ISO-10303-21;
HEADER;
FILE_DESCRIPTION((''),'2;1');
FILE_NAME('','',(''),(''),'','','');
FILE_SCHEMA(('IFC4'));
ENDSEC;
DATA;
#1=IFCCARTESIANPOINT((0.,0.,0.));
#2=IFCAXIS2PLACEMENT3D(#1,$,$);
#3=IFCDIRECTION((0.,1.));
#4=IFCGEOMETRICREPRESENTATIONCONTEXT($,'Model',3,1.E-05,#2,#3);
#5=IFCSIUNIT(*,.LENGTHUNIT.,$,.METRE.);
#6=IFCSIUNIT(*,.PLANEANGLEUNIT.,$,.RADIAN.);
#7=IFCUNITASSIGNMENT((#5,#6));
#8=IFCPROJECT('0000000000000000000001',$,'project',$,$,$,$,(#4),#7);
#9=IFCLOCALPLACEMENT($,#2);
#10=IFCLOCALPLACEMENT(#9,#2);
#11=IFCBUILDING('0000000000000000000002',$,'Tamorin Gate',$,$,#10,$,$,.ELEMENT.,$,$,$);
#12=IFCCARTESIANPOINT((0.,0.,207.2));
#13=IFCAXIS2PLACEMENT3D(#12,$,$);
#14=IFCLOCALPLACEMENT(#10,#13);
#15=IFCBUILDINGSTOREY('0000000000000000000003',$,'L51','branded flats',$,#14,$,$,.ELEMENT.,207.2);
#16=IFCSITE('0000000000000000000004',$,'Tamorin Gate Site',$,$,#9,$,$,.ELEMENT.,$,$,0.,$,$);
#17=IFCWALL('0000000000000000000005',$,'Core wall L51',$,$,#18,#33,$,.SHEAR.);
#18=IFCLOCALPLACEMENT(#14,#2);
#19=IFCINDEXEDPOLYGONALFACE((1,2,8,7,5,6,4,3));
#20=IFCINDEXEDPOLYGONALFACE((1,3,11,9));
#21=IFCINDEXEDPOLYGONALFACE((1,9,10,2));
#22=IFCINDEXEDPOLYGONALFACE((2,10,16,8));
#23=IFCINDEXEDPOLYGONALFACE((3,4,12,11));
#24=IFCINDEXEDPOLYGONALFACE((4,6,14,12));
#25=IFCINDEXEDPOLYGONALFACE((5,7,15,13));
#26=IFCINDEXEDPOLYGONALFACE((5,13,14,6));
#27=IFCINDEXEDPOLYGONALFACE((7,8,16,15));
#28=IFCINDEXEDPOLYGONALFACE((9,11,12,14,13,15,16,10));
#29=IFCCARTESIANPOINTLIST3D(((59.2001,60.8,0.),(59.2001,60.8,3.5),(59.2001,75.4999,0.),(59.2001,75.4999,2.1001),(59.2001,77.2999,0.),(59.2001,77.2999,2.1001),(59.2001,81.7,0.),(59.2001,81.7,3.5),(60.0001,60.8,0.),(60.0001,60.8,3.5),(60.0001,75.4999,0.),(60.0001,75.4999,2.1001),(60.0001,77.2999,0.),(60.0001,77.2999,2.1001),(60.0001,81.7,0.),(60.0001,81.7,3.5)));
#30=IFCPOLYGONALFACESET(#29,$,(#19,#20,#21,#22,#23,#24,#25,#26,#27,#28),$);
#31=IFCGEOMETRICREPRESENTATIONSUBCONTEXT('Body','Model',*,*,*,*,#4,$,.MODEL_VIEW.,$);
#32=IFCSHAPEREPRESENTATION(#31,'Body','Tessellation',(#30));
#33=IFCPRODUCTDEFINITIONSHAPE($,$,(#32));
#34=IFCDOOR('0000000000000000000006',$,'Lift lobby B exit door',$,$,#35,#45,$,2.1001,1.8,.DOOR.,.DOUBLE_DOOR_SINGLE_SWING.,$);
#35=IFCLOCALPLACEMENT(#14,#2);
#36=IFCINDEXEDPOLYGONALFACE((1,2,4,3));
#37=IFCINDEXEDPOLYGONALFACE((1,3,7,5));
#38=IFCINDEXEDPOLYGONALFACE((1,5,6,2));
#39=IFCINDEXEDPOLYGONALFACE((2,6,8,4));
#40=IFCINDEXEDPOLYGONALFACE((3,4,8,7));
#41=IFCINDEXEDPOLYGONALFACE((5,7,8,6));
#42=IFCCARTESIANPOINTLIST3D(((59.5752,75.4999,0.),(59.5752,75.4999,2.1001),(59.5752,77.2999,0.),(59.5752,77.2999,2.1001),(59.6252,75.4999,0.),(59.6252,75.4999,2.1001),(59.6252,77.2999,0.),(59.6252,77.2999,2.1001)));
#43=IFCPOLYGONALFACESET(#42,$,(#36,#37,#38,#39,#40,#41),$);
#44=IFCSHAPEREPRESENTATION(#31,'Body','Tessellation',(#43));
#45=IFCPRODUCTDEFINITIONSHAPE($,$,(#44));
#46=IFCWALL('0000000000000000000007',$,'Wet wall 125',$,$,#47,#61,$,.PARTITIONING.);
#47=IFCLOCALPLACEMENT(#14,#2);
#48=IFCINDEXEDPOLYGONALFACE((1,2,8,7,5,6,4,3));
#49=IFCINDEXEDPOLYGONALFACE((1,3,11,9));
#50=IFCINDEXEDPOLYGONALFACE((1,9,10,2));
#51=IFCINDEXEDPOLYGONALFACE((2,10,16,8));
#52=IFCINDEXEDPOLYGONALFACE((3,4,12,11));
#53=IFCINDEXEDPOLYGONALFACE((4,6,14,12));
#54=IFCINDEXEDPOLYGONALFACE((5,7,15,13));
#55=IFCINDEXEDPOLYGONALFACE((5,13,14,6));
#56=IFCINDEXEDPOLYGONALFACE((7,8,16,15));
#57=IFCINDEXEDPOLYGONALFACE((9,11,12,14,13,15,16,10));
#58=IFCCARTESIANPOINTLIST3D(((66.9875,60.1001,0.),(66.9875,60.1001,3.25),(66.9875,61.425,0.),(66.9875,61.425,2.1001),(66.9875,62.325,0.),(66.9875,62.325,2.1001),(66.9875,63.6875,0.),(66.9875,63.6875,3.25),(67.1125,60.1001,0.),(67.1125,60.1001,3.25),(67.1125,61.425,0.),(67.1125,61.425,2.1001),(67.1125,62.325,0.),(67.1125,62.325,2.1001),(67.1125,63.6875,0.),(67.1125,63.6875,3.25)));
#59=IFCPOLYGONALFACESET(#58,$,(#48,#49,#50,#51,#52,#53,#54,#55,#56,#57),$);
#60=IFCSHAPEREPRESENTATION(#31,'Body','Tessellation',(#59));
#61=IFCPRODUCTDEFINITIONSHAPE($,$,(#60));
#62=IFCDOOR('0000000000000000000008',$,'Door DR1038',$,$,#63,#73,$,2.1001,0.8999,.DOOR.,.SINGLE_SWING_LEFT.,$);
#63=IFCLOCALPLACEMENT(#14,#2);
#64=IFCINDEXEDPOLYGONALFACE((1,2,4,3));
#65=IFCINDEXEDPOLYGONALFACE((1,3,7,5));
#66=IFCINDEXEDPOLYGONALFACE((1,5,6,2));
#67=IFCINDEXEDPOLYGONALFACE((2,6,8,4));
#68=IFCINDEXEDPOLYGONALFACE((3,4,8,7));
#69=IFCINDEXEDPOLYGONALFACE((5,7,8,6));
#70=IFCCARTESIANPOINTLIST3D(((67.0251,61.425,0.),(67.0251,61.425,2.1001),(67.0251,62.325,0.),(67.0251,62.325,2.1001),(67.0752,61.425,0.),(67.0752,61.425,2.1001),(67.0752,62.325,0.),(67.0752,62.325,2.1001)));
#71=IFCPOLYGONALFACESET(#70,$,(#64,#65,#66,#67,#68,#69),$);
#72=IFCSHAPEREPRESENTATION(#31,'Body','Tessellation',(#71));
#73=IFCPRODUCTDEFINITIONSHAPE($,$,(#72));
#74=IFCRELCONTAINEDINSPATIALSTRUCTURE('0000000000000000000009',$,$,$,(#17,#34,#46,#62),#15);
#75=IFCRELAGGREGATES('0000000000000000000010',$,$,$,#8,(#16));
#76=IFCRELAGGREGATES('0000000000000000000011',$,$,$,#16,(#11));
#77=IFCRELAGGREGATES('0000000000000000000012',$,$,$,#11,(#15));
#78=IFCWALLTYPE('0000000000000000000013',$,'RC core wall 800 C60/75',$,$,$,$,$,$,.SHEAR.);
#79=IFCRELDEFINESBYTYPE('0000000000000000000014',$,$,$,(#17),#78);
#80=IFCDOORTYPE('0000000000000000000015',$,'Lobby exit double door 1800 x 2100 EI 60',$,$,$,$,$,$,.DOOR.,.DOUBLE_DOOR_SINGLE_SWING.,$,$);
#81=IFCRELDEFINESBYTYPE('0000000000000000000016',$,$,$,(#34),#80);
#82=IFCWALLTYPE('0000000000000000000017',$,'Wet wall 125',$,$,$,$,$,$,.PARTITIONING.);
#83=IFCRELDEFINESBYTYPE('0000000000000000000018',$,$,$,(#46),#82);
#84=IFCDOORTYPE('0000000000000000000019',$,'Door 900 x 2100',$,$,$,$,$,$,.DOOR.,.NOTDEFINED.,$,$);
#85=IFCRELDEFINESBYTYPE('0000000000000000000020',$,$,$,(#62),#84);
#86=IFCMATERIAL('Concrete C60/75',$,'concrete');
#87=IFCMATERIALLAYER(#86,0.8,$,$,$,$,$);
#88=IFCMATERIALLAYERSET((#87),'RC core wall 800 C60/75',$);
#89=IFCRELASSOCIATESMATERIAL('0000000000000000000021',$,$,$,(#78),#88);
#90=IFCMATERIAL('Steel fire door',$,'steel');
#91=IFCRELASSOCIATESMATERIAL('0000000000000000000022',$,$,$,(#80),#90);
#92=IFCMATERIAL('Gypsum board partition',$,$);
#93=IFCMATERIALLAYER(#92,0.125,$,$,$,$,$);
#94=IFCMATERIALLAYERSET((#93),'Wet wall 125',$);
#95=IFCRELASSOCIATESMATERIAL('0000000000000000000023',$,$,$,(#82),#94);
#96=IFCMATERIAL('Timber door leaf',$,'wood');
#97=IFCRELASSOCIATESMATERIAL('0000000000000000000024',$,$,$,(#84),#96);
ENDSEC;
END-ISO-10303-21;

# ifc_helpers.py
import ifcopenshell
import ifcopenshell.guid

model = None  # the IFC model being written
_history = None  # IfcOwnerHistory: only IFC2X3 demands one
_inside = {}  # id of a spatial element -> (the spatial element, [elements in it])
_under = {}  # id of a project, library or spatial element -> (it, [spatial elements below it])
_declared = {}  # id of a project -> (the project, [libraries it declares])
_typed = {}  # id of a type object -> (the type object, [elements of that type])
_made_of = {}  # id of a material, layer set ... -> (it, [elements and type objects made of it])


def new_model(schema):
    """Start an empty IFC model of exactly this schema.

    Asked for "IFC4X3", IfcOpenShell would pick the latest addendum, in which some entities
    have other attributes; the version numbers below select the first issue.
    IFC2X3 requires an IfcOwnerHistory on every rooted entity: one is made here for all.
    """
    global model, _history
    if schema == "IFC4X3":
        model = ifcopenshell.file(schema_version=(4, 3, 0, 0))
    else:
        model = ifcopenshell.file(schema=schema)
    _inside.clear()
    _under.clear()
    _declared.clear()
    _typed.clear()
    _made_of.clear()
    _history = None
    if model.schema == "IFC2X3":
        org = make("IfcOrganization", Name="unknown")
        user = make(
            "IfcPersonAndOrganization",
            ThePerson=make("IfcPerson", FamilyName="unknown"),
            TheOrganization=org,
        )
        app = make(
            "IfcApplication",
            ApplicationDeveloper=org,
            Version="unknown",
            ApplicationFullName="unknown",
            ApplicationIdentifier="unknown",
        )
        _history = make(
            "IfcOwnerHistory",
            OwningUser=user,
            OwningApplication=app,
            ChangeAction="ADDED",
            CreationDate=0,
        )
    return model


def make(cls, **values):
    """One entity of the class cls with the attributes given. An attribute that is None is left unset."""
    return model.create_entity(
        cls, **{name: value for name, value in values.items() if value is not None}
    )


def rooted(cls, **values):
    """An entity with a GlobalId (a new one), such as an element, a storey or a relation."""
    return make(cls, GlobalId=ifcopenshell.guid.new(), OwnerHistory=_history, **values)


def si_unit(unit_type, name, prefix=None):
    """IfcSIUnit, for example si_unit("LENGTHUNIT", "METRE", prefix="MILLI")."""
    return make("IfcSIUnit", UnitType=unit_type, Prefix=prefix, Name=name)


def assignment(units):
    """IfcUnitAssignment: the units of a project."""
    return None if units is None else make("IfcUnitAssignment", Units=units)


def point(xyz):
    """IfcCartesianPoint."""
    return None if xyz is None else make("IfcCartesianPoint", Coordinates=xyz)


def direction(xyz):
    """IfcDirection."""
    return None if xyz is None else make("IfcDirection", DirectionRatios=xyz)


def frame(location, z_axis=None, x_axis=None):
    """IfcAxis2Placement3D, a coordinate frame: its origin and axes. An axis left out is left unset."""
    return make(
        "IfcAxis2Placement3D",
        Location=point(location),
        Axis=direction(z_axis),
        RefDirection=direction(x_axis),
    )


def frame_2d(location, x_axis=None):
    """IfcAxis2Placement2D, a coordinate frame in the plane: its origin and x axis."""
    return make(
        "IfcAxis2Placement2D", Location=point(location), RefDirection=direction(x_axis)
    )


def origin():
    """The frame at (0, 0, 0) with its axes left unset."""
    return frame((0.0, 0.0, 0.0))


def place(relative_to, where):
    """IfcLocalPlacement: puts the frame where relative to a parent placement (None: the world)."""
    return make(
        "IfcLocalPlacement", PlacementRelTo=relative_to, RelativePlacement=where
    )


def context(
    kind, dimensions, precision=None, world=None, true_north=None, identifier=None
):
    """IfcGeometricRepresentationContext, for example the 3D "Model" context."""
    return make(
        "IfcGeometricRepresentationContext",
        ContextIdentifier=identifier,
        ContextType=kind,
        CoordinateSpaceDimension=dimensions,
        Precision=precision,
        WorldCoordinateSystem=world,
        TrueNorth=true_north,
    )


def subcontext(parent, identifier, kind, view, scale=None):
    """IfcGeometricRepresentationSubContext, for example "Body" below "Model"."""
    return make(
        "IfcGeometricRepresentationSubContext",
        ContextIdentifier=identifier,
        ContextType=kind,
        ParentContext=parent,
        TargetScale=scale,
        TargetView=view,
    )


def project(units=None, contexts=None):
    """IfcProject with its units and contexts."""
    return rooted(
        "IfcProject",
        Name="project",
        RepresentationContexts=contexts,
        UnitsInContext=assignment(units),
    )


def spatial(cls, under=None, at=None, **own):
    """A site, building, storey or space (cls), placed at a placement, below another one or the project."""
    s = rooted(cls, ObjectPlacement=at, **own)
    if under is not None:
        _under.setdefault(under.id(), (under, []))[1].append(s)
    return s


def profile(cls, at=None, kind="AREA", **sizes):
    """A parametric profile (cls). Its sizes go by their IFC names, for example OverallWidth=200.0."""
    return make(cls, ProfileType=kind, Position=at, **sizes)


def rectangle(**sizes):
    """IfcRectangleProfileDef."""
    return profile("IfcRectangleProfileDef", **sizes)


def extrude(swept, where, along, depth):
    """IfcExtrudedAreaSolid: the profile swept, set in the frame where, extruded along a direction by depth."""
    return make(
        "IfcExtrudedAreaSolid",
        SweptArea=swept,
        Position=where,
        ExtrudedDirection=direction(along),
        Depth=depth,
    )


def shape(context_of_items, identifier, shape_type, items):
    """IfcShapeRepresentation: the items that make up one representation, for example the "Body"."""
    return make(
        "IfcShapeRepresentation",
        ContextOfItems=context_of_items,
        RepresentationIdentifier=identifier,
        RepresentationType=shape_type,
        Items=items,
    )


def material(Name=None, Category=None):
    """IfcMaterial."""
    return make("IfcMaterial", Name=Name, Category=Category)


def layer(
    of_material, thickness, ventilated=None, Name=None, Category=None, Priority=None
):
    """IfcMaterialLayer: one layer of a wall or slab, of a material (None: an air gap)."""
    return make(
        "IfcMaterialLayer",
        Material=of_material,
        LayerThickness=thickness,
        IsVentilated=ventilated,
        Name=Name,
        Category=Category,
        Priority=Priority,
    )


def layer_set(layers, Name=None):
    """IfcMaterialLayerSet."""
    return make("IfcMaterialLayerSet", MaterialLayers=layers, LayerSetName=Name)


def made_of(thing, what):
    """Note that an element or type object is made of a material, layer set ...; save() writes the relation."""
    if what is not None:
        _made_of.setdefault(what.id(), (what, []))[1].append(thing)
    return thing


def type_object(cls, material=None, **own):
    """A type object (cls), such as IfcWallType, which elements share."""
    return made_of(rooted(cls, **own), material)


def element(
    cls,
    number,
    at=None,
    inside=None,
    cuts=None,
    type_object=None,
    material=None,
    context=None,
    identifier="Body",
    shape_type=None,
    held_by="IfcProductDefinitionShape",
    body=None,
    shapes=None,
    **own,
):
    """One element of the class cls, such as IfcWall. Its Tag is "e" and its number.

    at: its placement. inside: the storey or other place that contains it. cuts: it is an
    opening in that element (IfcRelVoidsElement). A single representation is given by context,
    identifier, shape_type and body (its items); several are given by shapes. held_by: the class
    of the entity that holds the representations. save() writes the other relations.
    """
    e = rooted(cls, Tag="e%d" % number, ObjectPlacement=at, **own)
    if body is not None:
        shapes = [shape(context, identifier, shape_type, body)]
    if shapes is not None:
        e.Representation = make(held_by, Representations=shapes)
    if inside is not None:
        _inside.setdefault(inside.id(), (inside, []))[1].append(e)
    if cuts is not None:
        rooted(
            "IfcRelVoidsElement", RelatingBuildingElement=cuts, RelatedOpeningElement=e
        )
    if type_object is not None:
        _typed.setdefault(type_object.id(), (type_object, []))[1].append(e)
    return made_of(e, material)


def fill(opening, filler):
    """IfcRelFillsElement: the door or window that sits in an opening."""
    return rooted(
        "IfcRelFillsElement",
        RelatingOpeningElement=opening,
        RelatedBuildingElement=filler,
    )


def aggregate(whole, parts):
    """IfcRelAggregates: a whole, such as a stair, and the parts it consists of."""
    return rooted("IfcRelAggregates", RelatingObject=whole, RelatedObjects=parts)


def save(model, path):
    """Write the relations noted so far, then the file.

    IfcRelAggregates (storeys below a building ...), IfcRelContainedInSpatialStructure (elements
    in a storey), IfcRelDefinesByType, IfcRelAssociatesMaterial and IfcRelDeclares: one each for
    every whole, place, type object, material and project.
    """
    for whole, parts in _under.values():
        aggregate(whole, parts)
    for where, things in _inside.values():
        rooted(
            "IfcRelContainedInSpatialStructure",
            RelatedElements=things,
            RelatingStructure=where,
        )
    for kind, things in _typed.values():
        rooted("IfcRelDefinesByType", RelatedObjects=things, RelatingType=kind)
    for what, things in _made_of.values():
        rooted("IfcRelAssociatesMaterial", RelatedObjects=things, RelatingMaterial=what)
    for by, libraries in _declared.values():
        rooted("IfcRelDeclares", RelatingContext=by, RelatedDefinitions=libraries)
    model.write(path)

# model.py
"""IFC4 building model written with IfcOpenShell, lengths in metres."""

from ifc_helpers import new_model, si_unit, direction, frame, frame_2d, origin, place, context, subcontext, project, spatial, rectangle, extrude, material, layer, layer_set, type_object, element, fill, save


model = new_model("IFC4")

# Units and contexts
model_context = context("Model", 3, precision=1e-05, world=origin(), true_north=direction((0.0, 1.0)))
body_context = subcontext(model_context, "Body", "Model", "MODEL_VIEW")
ifc_project = project(units=[si_unit("LENGTHUNIT", "METRE"), si_unit("PLANEANGLEUNIT", "RADIAN")], contexts=[model_context])

# Site, building, storey
site_placement = place(None, origin())
site = spatial("IfcSite", under=ifc_project, at=site_placement, Name="Tamorin Gate Site", CompositionType="ELEMENT", RefElevation=0.0)
building_placement = place(site_placement, origin())
building = spatial("IfcBuilding", under=site, at=building_placement, Name="Tamorin Gate", CompositionType="ELEMENT")
storey_placement = place(building_placement, frame((0.0, 0.0, 207.2)))
storey = spatial("IfcBuildingStorey", under=building, at=storey_placement, Name="L51", Description="branded flats", CompositionType="ELEMENT", Elevation=207.2)

# Shared definitions
ifc_material_1 = material(Name="Concrete C60/75", Category="concrete")

# Shared definitions
ifc_material_2 = material(Name="Gypsum board partition")
ifc_material_3 = material(Name="Timber door leaf", Category="wood")

# Walls, openings, doors
ifc_layer_1 = layer(ifc_material_1, 0.8)
ifc_layer_set_1 = layer_set([ifc_layer_1], Name="RC core wall 800 C60/75")
wall_type_1 = type_object("IfcWallType", Name="RC core wall 800 C60/75", PredefinedType="SHEAR", material=ifc_layer_set_1)
wall_1_placement = place(storey_placement, frame((59.6001, 60.8, 0.0), z_axis=(0.0, 0.0, 1.0), x_axis=(0.0, 1.0, 0.0)))
wall_1 = element("IfcWall", 1, at=wall_1_placement, inside=storey, type_object=wall_type_1, Name="Core wall L51", PredefinedType="SHEAR", context=body_context, shape_type="SweptSolid", body=[
    extrude(rectangle(XDim=20.8999, YDim=0.8, at=frame_2d((10.45, 0.0))), origin(), (0.0, 0.0, 1.0), 3.5),
])
opening_1_placement = place(wall_1_placement, frame((14.7, 0.0, 0.0)))
opening_1 = element("IfcOpeningElement", 2, at=opening_1_placement, cuts=wall_1, PredefinedType="OPENING", context=body_context, shape_type="SweptSolid", body=[
    extrude(rectangle(XDim=1.8, YDim=2.1001, at=frame_2d((0.8999, 1.05))), frame((0.0, 0.4099, 0.0), z_axis=(0.0, -1.0, 0.0), x_axis=(1.0, 0.0, 0.0)), (0.0, 0.0, 1.0), 0.8201),
])
ifc_material_4 = material(Name="Steel fire door", Category="steel")
door_type_1 = type_object("IfcDoorType", Name="Lobby exit double door 1800 x 2100 EI 60", OperationType="DOUBLE_DOOR_SINGLE_SWING", PredefinedType="DOOR", material=ifc_material_4)
door_1_placement = place(opening_1_placement, origin())
door_1 = element("IfcDoor", 3, at=door_1_placement, inside=storey, type_object=door_type_1, Name="Lift lobby B exit door", OperationType="DOUBLE_DOOR_SINGLE_SWING", OverallHeight=2.1001, OverallWidth=1.8, PredefinedType="DOOR", context=body_context, shape_type="SweptSolid", body=[
    extrude(rectangle(XDim=1.8, YDim=2.1001, at=frame_2d((0.8999, 1.05))), frame((0.0, 0.0249, 0.0), z_axis=(0.0, -1.0, 0.0), x_axis=(1.0, 0.0, 0.0)), (0.0, 0.0, 1.0), 0.05),
])
fill(opening_1, door_1)
ifc_layer_2 = layer(ifc_material_2, 0.125)
ifc_layer_set_2 = layer_set([ifc_layer_2], Name="Wet wall 125")
wall_type_2 = type_object("IfcWallType", Name="Wet wall 125", PredefinedType="PARTITIONING", material=ifc_layer_set_2)
wall_2_placement = place(storey_placement, frame((67.05, 60.1001, 0.0), z_axis=(0.0, 0.0, 1.0), x_axis=(0.0, 1.0, 0.0)))
wall_2 = element("IfcWall", 4, at=wall_2_placement, inside=storey, type_object=wall_type_2, Name="Wet wall 125", PredefinedType="PARTITIONING", context=body_context, shape_type="SweptSolid", body=[
    extrude(rectangle(XDim=3.5874, YDim=0.125, at=frame_2d((1.7937, 0.0))), origin(), (0.0, 0.0, 1.0), 3.25),
])
opening_2_placement = place(wall_2_placement, frame((1.325, 0.0, 0.0)))
opening_2 = element("IfcOpeningElement", 5, at=opening_2_placement, cuts=wall_2, PredefinedType="OPENING", context=body_context, shape_type="SweptSolid", body=[
    extrude(rectangle(XDim=0.8999, YDim=2.1001, at=frame_2d((0.45, 1.05))), frame((0.0, 0.0725, 0.0), z_axis=(0.0, -1.0, 0.0), x_axis=(1.0, 0.0, 0.0)), (0.0, 0.0, 1.0), 0.145),
])
door_type_2 = type_object("IfcDoorType", Name="Door 900 x 2100", OperationType="NOTDEFINED", PredefinedType="DOOR", material=ifc_material_3)
door_2_placement = place(opening_2_placement, origin())
door_2 = element("IfcDoor", 6, at=door_2_placement, inside=storey, type_object=door_type_2, Name="Door DR1038", OperationType="SINGLE_SWING_LEFT", OverallHeight=2.1001, OverallWidth=0.8999, PredefinedType="DOOR", context=body_context, shape_type="SweptSolid", body=[
    extrude(rectangle(XDim=0.8999, YDim=2.1001, at=frame_2d((0.45, 1.05))), frame((0.0, 0.0249, 0.0), z_axis=(0.0, -1.0, 0.0), x_axis=(1.0, 0.0, 0.0)), (0.0, 0.0, 1.0), 0.05),
])
fill(opening_2, door_2)

save(model, "model.ifc")
